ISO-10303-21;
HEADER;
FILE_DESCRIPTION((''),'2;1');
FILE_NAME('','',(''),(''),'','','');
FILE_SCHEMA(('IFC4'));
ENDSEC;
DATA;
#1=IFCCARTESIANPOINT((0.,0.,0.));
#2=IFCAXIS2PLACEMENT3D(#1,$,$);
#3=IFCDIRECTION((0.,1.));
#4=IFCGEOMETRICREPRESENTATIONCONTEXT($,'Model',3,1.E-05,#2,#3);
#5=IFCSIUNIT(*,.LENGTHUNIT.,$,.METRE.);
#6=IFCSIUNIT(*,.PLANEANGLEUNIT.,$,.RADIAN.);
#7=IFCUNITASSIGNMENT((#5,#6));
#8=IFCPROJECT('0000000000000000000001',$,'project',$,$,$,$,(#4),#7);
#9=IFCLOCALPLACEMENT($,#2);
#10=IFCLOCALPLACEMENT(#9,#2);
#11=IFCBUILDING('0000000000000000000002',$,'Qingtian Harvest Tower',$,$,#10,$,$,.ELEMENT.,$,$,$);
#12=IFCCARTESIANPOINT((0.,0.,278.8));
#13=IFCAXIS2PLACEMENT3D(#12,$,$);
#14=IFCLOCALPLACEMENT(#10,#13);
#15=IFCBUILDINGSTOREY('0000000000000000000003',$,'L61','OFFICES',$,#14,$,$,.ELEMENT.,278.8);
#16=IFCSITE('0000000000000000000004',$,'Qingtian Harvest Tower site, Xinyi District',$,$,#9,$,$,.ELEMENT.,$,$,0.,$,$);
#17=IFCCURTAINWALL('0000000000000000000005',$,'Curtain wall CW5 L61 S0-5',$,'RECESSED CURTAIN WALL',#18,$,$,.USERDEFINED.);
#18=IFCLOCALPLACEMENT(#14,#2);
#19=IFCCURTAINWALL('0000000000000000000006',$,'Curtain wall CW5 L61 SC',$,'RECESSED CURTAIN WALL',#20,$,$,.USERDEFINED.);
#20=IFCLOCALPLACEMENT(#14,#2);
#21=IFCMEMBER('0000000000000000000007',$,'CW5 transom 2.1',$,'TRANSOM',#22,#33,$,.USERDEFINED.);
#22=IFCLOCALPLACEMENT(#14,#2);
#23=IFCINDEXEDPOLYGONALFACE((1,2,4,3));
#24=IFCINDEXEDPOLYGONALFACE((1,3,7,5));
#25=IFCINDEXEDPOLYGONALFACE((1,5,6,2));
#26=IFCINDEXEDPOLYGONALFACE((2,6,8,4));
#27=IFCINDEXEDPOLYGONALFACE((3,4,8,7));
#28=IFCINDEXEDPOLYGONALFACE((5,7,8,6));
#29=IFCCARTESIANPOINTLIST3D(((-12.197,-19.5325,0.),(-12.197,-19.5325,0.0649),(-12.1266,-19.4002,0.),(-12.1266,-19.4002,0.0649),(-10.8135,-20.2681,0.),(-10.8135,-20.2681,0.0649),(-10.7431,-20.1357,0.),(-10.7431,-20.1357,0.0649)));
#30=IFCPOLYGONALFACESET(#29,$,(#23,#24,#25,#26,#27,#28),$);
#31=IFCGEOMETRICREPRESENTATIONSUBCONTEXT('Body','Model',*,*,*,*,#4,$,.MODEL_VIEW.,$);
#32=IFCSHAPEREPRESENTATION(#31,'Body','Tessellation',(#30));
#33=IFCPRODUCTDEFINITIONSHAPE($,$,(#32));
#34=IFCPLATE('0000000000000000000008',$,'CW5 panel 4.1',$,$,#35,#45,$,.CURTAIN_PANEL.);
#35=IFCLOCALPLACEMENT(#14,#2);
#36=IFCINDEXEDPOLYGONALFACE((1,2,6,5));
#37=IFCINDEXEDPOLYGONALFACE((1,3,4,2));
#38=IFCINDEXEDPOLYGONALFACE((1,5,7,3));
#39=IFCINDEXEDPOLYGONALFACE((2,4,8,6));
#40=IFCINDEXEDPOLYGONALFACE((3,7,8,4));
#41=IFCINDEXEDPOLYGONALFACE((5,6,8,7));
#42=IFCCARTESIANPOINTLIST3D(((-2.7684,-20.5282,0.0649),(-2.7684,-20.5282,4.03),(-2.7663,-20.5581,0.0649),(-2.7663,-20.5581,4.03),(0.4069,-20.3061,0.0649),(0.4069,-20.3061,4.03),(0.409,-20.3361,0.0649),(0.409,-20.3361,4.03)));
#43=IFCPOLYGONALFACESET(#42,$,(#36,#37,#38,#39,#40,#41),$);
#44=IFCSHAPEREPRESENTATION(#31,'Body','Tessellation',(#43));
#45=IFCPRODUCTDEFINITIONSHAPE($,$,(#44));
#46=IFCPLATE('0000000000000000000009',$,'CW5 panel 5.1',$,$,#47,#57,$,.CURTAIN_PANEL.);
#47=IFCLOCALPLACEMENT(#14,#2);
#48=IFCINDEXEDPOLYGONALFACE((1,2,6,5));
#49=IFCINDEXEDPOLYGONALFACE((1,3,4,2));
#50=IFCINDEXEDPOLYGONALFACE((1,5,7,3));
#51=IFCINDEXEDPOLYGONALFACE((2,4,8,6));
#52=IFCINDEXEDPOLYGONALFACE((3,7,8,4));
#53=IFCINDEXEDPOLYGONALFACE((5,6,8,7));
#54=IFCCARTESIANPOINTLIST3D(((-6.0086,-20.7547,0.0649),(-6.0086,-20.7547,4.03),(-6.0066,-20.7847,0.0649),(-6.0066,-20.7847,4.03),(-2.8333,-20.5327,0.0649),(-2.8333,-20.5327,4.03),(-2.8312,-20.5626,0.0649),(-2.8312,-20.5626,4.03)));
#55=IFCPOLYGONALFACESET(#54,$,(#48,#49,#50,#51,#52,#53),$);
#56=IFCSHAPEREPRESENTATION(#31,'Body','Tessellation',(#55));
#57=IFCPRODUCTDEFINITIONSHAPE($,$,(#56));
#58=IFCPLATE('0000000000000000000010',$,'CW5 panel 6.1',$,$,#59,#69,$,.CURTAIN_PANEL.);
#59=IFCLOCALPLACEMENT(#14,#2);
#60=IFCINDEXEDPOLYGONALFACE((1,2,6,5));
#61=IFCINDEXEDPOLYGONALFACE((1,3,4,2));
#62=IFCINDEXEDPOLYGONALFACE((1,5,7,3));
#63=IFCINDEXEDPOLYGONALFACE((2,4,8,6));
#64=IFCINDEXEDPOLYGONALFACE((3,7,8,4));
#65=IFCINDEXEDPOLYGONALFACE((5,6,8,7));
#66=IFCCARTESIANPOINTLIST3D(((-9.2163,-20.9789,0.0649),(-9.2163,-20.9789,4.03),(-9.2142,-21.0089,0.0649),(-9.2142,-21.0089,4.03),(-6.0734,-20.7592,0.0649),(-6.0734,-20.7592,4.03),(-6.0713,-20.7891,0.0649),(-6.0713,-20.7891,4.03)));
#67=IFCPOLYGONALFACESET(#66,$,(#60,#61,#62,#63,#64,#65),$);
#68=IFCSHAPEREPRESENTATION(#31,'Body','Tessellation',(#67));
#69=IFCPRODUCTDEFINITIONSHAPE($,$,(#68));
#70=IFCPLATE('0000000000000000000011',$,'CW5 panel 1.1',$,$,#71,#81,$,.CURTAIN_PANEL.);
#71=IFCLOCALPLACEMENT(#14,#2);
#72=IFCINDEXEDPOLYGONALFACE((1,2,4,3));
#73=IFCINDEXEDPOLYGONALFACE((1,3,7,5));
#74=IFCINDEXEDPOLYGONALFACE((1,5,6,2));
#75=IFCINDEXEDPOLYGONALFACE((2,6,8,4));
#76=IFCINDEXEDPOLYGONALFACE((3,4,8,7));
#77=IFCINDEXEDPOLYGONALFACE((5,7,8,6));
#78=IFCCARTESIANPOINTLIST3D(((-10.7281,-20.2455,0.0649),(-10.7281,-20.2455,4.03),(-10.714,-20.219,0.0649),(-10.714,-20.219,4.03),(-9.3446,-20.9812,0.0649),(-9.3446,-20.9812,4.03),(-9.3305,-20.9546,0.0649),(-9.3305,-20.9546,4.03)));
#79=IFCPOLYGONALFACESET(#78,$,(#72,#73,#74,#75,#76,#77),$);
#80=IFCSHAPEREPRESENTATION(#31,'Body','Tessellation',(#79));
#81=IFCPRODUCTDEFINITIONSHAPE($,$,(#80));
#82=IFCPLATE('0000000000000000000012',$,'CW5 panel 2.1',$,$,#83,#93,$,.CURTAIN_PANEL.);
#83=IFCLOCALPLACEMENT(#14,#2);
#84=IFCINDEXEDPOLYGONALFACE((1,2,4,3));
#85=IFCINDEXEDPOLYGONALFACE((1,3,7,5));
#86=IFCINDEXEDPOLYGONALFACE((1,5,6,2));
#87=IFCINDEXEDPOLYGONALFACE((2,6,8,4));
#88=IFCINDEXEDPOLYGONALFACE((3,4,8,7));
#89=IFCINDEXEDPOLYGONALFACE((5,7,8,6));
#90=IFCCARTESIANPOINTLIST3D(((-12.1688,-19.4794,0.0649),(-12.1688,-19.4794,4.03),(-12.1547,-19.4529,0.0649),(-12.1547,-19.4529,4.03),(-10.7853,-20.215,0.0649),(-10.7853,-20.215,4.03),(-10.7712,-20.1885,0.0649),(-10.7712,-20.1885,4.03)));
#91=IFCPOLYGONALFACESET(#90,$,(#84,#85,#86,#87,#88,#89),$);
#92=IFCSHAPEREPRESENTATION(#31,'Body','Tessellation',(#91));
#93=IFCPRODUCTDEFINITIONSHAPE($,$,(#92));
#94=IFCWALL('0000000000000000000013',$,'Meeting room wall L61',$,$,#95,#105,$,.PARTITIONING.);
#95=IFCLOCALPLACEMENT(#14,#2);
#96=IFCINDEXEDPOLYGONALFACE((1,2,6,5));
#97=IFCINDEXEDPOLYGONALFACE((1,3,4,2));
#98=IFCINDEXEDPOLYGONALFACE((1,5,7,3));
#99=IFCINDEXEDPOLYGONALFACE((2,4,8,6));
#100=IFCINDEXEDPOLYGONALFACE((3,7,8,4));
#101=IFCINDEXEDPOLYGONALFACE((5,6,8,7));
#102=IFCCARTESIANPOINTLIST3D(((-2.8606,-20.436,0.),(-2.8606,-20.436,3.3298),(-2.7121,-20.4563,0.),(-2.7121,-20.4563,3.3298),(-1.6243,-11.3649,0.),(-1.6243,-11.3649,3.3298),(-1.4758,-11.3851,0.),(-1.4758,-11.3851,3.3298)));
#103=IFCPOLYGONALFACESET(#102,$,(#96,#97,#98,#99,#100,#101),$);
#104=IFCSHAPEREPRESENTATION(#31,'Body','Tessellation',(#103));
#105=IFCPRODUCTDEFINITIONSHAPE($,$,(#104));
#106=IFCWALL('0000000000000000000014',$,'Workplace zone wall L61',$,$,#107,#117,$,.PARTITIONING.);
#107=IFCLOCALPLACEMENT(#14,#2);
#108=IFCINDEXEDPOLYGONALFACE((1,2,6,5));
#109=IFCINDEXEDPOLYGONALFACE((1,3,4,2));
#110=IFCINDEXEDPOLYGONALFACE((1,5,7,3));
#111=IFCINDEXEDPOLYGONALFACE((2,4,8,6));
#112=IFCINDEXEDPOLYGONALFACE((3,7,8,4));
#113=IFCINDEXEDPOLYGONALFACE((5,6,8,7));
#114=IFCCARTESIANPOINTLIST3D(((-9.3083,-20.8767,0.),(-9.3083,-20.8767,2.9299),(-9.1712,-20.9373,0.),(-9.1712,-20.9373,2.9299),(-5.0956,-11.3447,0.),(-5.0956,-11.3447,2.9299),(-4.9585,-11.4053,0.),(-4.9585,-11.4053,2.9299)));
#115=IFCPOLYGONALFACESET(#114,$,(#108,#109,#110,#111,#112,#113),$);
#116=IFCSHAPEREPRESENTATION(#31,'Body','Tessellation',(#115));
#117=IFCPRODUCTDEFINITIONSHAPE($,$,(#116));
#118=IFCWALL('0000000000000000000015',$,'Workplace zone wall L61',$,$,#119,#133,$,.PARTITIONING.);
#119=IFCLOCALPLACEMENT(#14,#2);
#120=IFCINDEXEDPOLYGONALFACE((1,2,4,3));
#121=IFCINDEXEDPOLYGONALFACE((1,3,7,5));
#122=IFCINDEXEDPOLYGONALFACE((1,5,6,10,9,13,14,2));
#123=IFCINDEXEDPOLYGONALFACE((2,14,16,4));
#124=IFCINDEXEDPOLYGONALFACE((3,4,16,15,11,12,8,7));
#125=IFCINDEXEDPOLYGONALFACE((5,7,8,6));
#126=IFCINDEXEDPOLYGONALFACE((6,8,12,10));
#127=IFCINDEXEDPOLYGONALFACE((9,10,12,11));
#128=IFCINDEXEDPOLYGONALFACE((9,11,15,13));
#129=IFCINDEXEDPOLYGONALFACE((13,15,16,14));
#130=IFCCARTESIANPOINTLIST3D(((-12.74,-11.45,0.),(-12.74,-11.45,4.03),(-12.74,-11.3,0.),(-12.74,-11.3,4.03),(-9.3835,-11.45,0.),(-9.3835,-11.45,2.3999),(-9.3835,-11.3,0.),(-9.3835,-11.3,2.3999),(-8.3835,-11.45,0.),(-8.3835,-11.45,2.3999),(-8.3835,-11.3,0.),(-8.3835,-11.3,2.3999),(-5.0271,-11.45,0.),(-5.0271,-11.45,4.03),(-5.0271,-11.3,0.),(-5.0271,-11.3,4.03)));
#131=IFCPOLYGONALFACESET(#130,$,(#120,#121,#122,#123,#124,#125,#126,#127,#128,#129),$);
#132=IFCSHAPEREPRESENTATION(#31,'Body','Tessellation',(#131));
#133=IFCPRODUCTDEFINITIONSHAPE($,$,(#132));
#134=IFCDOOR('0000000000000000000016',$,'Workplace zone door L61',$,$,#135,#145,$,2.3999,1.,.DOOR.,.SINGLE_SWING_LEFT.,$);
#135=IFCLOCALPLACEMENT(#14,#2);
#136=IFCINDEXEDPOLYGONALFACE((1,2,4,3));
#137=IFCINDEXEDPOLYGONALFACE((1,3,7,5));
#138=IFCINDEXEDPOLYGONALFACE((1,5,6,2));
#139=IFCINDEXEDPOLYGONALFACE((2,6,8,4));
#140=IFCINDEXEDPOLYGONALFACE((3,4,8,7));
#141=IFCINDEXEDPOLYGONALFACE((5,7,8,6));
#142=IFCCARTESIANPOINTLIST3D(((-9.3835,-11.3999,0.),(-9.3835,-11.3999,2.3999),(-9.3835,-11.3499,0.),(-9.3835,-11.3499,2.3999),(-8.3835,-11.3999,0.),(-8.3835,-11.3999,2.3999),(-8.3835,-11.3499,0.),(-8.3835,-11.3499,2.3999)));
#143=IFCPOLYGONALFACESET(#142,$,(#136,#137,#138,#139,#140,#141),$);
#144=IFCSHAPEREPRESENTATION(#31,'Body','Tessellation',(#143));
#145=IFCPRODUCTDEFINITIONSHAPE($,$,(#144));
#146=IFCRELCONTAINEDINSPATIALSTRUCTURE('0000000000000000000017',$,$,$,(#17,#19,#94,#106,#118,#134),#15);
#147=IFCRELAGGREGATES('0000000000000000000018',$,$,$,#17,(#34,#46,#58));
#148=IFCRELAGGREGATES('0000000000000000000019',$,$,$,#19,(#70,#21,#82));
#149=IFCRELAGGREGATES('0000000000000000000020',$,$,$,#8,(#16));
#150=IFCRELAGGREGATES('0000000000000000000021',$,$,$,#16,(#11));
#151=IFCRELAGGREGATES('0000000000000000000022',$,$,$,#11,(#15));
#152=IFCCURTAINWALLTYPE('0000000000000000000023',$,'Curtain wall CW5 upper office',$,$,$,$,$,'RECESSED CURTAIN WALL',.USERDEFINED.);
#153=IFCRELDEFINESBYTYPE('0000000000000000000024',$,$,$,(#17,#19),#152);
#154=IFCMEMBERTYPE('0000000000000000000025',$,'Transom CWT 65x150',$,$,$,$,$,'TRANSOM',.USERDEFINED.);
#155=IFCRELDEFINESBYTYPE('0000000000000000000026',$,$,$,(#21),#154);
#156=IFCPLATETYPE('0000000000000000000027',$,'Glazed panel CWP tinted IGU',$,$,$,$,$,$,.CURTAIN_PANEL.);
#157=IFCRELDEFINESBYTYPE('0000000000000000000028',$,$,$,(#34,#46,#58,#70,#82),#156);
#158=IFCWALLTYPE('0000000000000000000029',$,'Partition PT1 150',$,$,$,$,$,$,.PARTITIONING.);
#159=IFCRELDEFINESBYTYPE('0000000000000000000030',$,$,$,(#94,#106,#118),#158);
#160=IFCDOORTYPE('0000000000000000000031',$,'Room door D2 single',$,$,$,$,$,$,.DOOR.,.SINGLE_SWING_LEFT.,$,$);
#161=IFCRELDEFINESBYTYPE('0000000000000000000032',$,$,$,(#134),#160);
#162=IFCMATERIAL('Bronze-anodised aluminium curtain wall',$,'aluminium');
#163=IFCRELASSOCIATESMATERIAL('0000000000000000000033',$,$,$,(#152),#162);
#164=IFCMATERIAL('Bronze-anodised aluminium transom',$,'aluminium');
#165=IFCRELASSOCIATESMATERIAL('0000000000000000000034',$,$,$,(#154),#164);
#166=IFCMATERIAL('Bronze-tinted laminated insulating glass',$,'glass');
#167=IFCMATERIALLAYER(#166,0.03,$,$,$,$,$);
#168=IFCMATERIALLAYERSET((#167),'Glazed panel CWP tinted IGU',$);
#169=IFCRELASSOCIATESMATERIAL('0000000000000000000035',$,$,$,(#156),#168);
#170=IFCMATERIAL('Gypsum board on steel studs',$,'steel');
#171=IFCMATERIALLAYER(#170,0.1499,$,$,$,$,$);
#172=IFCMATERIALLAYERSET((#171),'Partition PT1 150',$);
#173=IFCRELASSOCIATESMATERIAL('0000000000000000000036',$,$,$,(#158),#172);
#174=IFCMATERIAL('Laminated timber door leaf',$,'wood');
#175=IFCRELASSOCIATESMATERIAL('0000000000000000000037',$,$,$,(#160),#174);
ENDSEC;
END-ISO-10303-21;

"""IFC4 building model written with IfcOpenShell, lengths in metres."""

from ifc_helpers import new_model, si_unit, direction, frame, frame_2d, origin, origin_2d, place, context, subcontext, project, spatial, rectangle, extrude, material, layer, layer_set, material_profile, profile_set, type_object, element, fill, aggregate, save


model = new_model("IFC4")

# Units and contexts
model_context = context("Model", 3, precision=1e-05, world=origin(), true_north=direction((0.0, 1.0)))
body_context = subcontext(model_context, "Body", "Model", "MODEL_VIEW")
ifc_project = project(units=[si_unit("LENGTHUNIT", "METRE"), si_unit("PLANEANGLEUNIT", "RADIAN")], contexts=[model_context])

# Site, building, storey
site_placement = place(None, origin())
site = spatial("IfcSite", under=ifc_project, at=site_placement, Name="Qingtian Harvest Tower site, Xinyi District", CompositionType="ELEMENT", RefElevation=0.0)
building_placement = place(site_placement, origin())
building = spatial("IfcBuilding", under=site, at=building_placement, Name="Qingtian Harvest Tower", CompositionType="ELEMENT")
storey_placement = place(building_placement, frame((0.0, 0.0, 278.8)))
storey = spatial("IfcBuildingStorey", under=building, at=storey_placement, Name="L61", Description="OFFICES", CompositionType="ELEMENT", Elevation=278.8)

# Curtain walls
ifc_material_1 = material(Name="Bronze-anodised aluminium curtain wall", Category="aluminium")
curtain_wall_type = type_object("IfcCurtainWallType", Name="Curtain wall CW5 upper office", ElementType="RECESSED CURTAIN WALL", PredefinedType="USERDEFINED", material=ifc_material_1)
curtain_wall_1_placement = place(storey_placement, origin())
curtain_wall_1 = element("IfcCurtainWall", 1, at=curtain_wall_1_placement, inside=storey, type_object=curtain_wall_type, Name="Curtain wall CW5 L61 S0-5", ObjectType="RECESSED CURTAIN WALL", PredefinedType="USERDEFINED")
curtain_wall_2_placement = place(storey_placement, origin())
curtain_wall_2 = element("IfcCurtainWall", 2, at=curtain_wall_2_placement, inside=storey, type_object=curtain_wall_type, Name="Curtain wall CW5 L61 SC", ObjectType="RECESSED CURTAIN WALL", PredefinedType="USERDEFINED")

# Member
ifc_material_2 = material(Name="Bronze-anodised aluminium transom", Category="aluminium")
ifc_material_profile_1 = material_profile(ifc_material_2, rectangle(XDim=0.1499, YDim=0.0649, at=origin_2d()), Name="AL 65x150")
ifc_profile_set_1 = profile_set([ifc_material_profile_1], Name="Bronze-anodised aluminium transom")
member_type_1 = type_object("IfcMemberType", Name="Transom CWT 65x150", ElementType="TRANSOM", PredefinedType="USERDEFINED", material=ifc_profile_set_1)
member_1_placement = place(storey_placement, frame((-10.7783, -20.2019, 0.0325), z_axis=(-0.88296, 0.469448, 0.0), x_axis=(-0.469448, -0.88296, 0.0)))
member_1 = element("IfcMember", 3, at=member_1_placement, type_object=member_type_1, Name="CW5 transom 2.1", ObjectType="TRANSOM", PredefinedType="USERDEFINED", context=body_context, shape_type="SweptSolid", body=[
    extrude(rectangle(XDim=0.1499, YDim=0.0649, at=origin_2d()), origin(), (0.0, 0.0, 1.0), 1.5669),
])

# Plates
ifc_material_3 = material(Name="Bronze-tinted laminated insulating glass", Category="glass")
ifc_layer_1 = layer(ifc_material_3, 0.03)
ifc_layer_set_1 = layer_set([ifc_layer_1], Name="Glazed panel CWP tinted IGU")
plate_type = type_object("IfcPlateType", Name="Glazed panel CWP tinted IGU", PredefinedType="CURTAIN_PANEL", material=ifc_layer_set_1)
plate_1_placement = place(storey_placement, frame((-1.1797, -20.4321, 0.0649), z_axis=(0.0, 0.0, 1.0), x_axis=(-0.997564, -0.069756, 0.0)))
plate_1 = element("IfcPlate", 4, at=plate_1_placement, type_object=plate_type, Name="CW5 panel 4.1", PredefinedType="CURTAIN_PANEL", context=body_context, shape_type="SweptSolid", body=[
    extrude(rectangle(XDim=3.1831, YDim=0.03, at=origin_2d()), origin(), (0.0, 0.0, 1.0), 3.9651),
])
plate_2_placement = place(storey_placement, frame((-4.4199, -20.6587, 0.0649), z_axis=(0.0, 0.0, 1.0), x_axis=(-0.997564, -0.069756, 0.0)))
plate_2 = element("IfcPlate", 5, at=plate_2_placement, type_object=plate_type, Name="CW5 panel 5.1", PredefinedType="CURTAIN_PANEL", context=body_context, shape_type="SweptSolid", body=[
    extrude(rectangle(XDim=3.1831, YDim=0.03, at=origin_2d()), origin(), (0.0, 0.0, 1.0), 3.9651),
])
plate_3_placement = place(storey_placement, frame((-7.6438, -20.884, 0.0649), z_axis=(0.0, 0.0, 1.0), x_axis=(-0.997564, -0.069756, 0.0)))
plate_3 = element("IfcPlate", 6, at=plate_3_placement, type_object=plate_type, Name="CW5 panel 6.1", PredefinedType="CURTAIN_PANEL", context=body_context, shape_type="SweptSolid", body=[
    extrude(rectangle(XDim=3.1506, YDim=0.03, at=origin_2d()), origin(), (0.0, 0.0, 1.0), 3.9651),
])
aggregate(curtain_wall_1, [plate_1, plate_2, plate_3])
plate_4_placement = place(storey_placement, frame((-10.0293, -20.6001, 0.0649), z_axis=(0.0, 0.0, 1.0), x_axis=(-0.882948, 0.469472, 0.0)))
plate_4 = element("IfcPlate", 7, at=plate_4_placement, type_object=plate_type, Name="CW5 panel 1.1", PredefinedType="CURTAIN_PANEL", context=body_context, shape_type="SweptSolid", body=[
    extrude(rectangle(XDim=1.5669, YDim=0.03, at=origin_2d()), origin(), (0.0, 0.0, 1.0), 3.9651),
])
plate_5_placement = place(storey_placement, frame((-11.47, -19.834, 0.0649), z_axis=(0.0, 0.0, 1.0), x_axis=(-0.882948, 0.469472, 0.0)))
plate_5 = element("IfcPlate", 8, at=plate_5_placement, type_object=plate_type, Name="CW5 panel 2.1", PredefinedType="CURTAIN_PANEL", context=body_context, shape_type="SweptSolid", body=[
    extrude(rectangle(XDim=1.5669, YDim=0.03, at=origin_2d()), origin(), (0.0, 0.0, 1.0), 3.9651),
])
aggregate(curtain_wall_2, [plate_4, member_1, plate_5])

# Walls
ifc_material_4 = material(Name="Gypsum board on steel studs", Category="steel")
ifc_layer_2 = layer(ifc_material_4, 0.1499)
ifc_layer_set_2 = layer_set([ifc_layer_2], Name="Partition PT1 150")
wall_type = type_object("IfcWallType", Name="Partition PT1 150", PredefinedType="PARTITIONING", material=ifc_layer_set_2)
wall_1_placement = place(storey_placement, frame((-2.7864, -20.4463, 0.0), z_axis=(0.0, 0.0, 1.0), x_axis=(0.135042, 0.99084, 0.0)))
element("IfcWall", 9, at=wall_1_placement, inside=storey, type_object=wall_type, Name="Meeting room wall L61", PredefinedType="PARTITIONING", context=body_context, shape_type="SweptSolid", body=[
    extrude(rectangle(XDim=9.155, YDim=0.1499, at=frame_2d((4.5776, 0.0))), origin(), (0.0, 0.0, 1.0), 3.3298),
])
wall_2_placement = place(storey_placement, frame((-9.2397, -20.907, 0.0), z_axis=(0.0, 0.0, 1.0), x_axis=(0.404231, 0.914657, 0.0)))
element("IfcWall", 10, at=wall_2_placement, inside=storey, type_object=wall_type, Name="Workplace zone wall L61", PredefinedType="PARTITIONING", context=body_context, shape_type="SweptSolid", body=[
    extrude(rectangle(XDim=10.4214, YDim=0.1499, at=frame_2d((5.2107, 0.0))), origin(), (0.0, 0.0, 1.0), 2.9299),
])

# Wall, opening, door
wall_3_placement = place(storey_placement, frame((-5.0271, -11.375, 0.0), z_axis=(0.0, 0.0, 1.0), x_axis=(-1.0, 0.0, 0.0)))
wall_3 = element("IfcWall", 11, at=wall_3_placement, inside=storey, type_object=wall_type, Name="Workplace zone wall L61", PredefinedType="PARTITIONING", context=body_context, shape_type="SweptSolid", body=[
    extrude(rectangle(XDim=7.7129, YDim=0.1499, at=frame_2d((3.8564, 0.0))), origin(), (0.0, 0.0, 1.0), 4.03),
])
opening_placement = place(wall_3_placement, frame((3.3564, 0.0, 0.0)))
opening = element("IfcOpeningElement", 12, at=opening_placement, cuts=wall_3, PredefinedType="OPENING", context=body_context, shape_type="SweptSolid", body=[
    extrude(rectangle(XDim=1.0, YDim=2.3999, at=frame_2d((0.5, 1.2))), frame((0.0, 0.085, 0.0), z_axis=(0.0, -1.0, 0.0), x_axis=(1.0, 0.0, 0.0)), (0.0, 0.0, 1.0), 0.1699),
])
ifc_material_5 = material(Name="Laminated timber door leaf", Category="wood")
door_type = type_object("IfcDoorType", Name="Room door D2 single", OperationType="SINGLE_SWING_LEFT", PredefinedType="DOOR", material=ifc_material_5)
door_placement = place(opening_placement, origin())
door = element("IfcDoor", 13, at=door_placement, inside=storey, type_object=door_type, Name="Workplace zone door L61", OperationType="SINGLE_SWING_LEFT", OverallHeight=2.3999, OverallWidth=1.0, PredefinedType="DOOR", context=body_context, shape_type="SweptSolid", body=[
    extrude(rectangle(XDim=1.0, YDim=2.3999, at=frame_2d((0.5, 1.2))), frame((0.0, 0.0249, 0.0), z_axis=(0.0, -1.0, 0.0), x_axis=(1.0, 0.0, 0.0)), (0.0, 0.0, 1.0), 0.05),
])
fill(opening, door)

save(model, "model.ifc")
